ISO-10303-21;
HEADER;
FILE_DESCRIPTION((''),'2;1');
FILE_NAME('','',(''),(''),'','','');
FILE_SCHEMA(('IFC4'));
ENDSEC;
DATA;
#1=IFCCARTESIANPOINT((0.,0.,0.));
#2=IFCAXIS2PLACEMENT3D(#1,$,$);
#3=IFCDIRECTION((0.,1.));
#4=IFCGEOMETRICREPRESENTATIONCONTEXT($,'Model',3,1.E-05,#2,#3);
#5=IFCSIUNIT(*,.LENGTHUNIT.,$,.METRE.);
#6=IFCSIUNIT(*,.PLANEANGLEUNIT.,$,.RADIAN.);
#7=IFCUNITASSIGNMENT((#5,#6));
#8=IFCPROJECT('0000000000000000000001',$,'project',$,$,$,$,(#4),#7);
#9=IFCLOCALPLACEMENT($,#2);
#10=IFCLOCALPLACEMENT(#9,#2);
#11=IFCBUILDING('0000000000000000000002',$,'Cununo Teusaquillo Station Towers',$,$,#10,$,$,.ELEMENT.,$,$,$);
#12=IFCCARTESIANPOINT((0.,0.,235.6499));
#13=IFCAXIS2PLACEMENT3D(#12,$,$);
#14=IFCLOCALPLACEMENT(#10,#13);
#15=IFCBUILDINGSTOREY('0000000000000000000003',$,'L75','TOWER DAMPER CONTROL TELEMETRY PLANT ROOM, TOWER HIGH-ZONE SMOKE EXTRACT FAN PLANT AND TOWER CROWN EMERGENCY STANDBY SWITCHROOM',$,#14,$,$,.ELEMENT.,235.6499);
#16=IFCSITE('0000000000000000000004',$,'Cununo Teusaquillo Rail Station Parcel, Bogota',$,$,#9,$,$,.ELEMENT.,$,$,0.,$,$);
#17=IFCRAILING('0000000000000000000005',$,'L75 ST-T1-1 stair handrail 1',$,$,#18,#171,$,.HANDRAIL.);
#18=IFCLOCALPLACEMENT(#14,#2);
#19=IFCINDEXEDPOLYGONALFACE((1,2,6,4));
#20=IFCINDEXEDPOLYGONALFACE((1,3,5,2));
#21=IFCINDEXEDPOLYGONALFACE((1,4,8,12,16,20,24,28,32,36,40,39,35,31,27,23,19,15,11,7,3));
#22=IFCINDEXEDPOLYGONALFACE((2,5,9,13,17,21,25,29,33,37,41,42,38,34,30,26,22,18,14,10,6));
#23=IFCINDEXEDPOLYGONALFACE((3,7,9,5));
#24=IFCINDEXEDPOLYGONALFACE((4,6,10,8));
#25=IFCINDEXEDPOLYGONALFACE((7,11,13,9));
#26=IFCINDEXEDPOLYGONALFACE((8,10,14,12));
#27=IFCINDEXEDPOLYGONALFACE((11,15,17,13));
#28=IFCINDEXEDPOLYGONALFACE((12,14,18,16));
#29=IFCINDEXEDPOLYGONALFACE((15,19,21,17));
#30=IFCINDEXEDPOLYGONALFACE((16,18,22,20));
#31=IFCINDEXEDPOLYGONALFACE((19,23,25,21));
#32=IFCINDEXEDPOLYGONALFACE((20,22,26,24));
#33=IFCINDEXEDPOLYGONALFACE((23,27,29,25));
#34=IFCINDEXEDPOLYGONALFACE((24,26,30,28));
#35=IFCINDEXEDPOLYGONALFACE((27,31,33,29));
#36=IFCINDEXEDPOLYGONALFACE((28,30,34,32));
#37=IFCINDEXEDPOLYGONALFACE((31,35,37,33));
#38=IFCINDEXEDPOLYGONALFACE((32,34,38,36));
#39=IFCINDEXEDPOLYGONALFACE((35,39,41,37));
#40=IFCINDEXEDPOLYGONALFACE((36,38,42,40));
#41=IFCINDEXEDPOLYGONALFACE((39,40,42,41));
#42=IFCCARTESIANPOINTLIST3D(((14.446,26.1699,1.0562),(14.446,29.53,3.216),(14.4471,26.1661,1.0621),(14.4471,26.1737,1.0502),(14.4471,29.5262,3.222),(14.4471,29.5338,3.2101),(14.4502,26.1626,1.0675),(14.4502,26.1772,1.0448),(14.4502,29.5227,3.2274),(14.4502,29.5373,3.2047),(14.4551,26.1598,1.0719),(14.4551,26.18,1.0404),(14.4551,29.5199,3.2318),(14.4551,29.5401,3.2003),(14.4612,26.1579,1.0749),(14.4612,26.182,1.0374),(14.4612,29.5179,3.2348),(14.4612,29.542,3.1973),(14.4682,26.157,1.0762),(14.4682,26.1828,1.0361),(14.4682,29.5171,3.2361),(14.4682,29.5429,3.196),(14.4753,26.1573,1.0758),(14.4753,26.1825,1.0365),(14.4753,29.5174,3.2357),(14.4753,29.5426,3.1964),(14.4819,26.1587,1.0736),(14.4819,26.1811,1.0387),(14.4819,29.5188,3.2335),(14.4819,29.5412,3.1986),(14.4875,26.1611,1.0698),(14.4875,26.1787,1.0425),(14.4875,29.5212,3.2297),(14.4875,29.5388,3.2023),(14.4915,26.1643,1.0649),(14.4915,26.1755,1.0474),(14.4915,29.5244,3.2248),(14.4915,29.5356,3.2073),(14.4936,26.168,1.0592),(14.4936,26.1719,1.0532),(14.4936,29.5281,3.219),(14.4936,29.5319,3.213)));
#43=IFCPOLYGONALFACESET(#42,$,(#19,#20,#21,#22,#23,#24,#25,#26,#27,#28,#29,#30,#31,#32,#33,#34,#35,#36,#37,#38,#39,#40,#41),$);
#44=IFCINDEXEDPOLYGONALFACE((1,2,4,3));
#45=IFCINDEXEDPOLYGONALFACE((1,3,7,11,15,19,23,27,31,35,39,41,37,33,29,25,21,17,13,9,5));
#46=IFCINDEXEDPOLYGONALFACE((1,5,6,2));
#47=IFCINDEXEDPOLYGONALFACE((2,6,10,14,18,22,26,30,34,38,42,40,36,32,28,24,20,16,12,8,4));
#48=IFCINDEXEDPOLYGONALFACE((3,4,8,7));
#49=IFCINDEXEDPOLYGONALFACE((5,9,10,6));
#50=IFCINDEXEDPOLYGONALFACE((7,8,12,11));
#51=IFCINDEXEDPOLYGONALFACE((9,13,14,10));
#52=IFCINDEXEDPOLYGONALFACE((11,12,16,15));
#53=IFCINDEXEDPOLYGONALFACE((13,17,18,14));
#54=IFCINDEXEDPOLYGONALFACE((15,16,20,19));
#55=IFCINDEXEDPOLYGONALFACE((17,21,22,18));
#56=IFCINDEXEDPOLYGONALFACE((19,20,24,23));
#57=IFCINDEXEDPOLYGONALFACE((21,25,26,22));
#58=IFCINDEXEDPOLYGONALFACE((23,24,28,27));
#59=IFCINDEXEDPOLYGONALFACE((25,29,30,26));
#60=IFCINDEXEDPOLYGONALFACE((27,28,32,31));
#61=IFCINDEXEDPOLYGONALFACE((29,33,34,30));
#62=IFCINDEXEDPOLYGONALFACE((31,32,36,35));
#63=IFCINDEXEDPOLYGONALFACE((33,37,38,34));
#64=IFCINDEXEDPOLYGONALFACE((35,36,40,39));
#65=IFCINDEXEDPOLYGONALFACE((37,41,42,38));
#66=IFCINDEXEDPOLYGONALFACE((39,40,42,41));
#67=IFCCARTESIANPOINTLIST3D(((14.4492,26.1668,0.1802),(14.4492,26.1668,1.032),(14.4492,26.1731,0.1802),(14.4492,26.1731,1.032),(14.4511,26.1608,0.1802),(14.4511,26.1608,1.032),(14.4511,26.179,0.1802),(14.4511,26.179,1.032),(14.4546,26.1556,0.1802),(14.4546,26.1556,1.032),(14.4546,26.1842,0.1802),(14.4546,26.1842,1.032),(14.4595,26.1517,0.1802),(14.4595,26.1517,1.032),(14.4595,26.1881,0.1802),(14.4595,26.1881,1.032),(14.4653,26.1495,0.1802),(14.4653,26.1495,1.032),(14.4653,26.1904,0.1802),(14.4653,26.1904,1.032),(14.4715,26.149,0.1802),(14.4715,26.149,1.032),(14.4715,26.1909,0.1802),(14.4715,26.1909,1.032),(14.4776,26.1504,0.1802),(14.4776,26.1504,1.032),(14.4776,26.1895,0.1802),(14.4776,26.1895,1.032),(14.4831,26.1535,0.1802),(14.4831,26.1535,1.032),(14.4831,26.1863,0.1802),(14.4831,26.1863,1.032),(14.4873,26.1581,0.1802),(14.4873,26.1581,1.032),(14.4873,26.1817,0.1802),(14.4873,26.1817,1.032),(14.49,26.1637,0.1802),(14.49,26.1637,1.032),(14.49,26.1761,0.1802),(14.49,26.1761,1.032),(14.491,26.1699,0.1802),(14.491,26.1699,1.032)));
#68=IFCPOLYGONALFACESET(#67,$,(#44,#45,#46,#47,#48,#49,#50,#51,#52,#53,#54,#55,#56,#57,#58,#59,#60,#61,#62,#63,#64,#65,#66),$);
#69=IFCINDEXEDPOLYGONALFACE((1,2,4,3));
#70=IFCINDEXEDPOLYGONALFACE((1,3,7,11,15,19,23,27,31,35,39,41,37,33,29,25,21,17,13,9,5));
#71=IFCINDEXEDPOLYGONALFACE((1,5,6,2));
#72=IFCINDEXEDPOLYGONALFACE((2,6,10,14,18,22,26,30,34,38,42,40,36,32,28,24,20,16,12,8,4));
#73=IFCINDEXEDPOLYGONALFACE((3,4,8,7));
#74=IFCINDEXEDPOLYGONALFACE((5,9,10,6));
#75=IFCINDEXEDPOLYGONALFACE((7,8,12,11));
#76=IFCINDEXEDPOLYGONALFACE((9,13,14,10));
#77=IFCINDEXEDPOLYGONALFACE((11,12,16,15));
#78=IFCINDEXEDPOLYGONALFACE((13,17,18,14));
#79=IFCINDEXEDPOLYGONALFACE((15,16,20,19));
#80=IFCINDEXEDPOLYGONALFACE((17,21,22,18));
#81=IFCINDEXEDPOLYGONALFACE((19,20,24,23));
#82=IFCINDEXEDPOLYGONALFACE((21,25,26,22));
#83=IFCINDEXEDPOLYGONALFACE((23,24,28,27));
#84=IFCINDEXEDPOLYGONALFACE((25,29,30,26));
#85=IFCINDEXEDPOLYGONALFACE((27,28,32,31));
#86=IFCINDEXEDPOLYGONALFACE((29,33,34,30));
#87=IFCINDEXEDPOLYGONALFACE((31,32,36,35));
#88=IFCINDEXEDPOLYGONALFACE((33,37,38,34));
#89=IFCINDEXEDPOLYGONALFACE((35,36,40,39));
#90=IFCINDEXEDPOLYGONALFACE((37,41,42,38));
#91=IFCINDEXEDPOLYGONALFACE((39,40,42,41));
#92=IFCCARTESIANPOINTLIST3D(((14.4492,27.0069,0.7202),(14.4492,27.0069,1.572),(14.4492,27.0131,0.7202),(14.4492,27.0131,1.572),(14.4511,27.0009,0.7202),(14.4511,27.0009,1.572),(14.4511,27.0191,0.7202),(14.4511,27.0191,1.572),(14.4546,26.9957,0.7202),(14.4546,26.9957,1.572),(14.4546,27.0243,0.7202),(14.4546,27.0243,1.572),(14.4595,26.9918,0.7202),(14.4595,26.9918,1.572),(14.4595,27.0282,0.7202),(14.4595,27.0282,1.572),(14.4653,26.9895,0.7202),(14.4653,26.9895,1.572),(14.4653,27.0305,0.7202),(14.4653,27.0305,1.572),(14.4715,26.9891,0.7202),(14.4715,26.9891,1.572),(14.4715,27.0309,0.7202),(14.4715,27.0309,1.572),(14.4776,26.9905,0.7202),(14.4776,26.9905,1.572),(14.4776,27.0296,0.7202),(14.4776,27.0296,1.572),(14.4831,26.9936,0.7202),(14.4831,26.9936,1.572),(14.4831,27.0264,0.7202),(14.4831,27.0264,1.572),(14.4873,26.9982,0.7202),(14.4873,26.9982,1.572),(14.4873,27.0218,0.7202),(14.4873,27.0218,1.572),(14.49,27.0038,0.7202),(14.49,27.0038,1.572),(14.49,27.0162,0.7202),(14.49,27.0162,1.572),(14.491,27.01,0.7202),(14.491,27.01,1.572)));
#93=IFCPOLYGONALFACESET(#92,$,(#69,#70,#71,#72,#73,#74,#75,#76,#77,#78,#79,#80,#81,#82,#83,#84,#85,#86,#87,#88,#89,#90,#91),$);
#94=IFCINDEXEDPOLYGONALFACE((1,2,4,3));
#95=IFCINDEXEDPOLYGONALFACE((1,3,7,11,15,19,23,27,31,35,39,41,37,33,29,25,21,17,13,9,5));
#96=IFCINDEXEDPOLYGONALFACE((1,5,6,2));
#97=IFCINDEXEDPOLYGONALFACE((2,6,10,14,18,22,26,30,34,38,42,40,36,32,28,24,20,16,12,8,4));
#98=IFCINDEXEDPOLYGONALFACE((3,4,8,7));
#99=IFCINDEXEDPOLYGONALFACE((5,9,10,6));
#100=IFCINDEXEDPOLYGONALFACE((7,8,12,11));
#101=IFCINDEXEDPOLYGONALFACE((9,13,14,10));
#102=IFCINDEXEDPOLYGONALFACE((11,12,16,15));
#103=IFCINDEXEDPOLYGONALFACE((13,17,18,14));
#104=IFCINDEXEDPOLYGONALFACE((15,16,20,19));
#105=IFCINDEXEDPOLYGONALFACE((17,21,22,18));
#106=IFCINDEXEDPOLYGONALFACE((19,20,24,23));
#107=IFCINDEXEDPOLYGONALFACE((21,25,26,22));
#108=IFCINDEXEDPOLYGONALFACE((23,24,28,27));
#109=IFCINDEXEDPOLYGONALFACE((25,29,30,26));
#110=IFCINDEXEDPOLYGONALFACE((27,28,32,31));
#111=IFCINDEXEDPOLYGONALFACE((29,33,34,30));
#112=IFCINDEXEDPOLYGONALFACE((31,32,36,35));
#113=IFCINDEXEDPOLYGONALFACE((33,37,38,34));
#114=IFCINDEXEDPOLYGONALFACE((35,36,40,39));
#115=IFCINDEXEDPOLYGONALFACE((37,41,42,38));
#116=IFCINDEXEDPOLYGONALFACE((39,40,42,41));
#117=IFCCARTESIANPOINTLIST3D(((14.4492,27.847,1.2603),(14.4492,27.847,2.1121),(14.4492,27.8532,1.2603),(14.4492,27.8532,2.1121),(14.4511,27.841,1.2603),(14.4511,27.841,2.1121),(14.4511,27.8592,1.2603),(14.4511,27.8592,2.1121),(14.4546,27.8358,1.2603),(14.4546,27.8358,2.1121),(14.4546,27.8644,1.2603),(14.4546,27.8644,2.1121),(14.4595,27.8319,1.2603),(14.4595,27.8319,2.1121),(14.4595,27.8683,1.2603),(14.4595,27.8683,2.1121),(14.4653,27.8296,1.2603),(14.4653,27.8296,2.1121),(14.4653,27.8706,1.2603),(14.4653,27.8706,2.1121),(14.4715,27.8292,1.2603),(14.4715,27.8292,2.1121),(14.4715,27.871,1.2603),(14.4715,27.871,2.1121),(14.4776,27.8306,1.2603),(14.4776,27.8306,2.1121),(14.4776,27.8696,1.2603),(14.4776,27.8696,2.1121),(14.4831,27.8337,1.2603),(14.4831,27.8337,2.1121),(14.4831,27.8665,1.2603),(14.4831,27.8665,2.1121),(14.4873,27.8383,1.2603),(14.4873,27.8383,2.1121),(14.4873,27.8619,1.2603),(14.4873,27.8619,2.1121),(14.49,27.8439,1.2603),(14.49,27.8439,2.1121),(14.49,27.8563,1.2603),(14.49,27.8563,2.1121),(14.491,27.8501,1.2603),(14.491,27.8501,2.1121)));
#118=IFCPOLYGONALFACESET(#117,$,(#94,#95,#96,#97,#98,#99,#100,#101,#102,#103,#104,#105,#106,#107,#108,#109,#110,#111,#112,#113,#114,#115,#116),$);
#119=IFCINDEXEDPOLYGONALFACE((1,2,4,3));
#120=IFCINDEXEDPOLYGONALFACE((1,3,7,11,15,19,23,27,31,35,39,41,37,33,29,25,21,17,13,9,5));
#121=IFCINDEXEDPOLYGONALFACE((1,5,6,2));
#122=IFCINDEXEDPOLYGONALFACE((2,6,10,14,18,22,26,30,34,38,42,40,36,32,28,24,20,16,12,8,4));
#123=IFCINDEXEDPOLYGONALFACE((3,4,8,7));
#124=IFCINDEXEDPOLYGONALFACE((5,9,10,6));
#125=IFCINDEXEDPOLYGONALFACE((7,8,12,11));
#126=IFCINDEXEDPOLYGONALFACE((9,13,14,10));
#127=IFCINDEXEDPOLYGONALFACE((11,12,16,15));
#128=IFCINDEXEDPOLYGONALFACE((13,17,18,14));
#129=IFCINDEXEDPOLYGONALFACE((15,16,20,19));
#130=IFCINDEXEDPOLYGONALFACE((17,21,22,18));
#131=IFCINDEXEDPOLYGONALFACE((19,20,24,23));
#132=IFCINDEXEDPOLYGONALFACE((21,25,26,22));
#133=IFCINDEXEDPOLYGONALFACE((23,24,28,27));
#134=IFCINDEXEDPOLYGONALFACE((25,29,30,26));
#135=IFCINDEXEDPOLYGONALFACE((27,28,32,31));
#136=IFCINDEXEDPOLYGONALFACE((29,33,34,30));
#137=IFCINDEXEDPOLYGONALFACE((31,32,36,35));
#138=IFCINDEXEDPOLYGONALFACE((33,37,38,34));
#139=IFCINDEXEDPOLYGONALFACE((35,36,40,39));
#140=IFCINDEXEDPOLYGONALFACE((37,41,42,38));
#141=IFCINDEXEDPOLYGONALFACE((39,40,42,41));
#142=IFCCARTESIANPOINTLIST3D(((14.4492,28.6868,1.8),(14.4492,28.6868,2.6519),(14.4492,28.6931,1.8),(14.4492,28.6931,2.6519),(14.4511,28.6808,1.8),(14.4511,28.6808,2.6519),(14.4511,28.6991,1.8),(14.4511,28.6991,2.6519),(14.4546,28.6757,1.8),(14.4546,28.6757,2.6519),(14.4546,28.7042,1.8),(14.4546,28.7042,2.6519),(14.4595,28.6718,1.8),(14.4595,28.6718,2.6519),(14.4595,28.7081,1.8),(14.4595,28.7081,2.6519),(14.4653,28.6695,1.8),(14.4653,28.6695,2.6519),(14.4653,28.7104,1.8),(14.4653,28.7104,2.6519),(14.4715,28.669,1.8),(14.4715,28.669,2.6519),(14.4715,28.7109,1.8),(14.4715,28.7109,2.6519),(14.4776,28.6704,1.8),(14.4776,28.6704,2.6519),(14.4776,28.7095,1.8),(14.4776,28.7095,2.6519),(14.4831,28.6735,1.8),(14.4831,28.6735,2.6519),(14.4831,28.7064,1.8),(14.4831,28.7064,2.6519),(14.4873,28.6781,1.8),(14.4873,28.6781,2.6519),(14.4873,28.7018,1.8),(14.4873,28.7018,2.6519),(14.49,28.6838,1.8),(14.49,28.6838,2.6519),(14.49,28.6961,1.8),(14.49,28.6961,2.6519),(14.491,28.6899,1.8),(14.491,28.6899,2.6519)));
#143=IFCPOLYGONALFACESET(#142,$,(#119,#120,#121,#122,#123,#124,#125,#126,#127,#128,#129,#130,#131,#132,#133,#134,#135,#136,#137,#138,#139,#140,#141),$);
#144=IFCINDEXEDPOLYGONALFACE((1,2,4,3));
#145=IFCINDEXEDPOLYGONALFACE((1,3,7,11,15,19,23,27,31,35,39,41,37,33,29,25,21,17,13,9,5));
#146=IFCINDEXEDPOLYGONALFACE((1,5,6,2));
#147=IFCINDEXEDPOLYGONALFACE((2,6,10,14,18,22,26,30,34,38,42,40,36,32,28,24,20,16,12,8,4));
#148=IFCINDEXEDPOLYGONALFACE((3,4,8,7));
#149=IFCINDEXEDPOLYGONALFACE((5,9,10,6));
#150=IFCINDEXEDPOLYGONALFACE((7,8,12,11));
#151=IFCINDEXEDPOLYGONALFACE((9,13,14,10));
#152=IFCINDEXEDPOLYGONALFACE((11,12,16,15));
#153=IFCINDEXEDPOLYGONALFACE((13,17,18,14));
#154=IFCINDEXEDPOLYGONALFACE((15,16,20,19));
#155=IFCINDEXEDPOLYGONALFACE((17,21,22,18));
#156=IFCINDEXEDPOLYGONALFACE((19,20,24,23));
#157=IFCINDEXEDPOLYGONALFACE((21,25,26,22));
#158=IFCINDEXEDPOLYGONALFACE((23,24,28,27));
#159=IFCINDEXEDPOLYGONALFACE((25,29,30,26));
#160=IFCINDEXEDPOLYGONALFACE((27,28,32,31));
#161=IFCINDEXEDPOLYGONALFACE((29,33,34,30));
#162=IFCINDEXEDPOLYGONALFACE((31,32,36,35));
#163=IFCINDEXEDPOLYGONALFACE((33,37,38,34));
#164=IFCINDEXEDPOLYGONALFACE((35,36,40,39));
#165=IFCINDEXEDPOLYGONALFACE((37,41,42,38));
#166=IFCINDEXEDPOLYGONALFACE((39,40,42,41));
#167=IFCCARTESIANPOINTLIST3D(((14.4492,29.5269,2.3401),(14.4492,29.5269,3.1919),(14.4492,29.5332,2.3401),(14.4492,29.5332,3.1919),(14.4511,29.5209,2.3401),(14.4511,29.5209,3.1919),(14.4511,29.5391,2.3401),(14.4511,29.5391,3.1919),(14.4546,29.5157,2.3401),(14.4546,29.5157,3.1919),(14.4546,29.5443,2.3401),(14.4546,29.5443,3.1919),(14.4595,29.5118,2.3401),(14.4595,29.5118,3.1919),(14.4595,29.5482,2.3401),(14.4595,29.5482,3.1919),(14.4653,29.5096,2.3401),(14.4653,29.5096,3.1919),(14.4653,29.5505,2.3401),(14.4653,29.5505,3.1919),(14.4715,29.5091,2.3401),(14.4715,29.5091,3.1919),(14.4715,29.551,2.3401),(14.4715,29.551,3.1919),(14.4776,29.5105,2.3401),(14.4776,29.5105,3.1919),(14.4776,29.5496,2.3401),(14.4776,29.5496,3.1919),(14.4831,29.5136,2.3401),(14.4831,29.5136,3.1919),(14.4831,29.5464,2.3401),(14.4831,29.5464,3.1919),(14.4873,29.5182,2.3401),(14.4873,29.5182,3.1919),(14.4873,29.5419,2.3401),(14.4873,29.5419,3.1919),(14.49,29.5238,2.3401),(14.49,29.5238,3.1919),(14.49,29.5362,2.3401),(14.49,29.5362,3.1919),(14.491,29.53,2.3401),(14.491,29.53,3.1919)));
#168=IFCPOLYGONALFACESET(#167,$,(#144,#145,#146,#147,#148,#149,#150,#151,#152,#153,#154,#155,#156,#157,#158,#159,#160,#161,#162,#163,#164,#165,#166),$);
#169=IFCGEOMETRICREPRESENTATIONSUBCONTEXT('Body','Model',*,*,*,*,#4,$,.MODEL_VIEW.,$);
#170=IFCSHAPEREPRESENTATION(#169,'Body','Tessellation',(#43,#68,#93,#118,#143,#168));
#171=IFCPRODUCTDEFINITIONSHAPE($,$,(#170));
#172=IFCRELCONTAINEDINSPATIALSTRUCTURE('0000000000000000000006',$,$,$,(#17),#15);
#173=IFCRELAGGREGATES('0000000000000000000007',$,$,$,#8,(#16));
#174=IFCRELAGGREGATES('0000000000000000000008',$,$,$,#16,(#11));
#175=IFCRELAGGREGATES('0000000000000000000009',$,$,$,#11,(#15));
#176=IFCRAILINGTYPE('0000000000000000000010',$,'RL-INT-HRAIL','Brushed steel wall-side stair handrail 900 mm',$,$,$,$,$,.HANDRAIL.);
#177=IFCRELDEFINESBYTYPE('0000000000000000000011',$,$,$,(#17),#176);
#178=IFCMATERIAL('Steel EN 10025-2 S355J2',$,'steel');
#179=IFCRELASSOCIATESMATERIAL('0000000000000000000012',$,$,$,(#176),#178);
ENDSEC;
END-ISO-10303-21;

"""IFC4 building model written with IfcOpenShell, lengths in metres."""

from ifc_helpers import new_model, si_unit, direction, frame, origin, origin_2d, place, context, subcontext, project, spatial, circle, extrude, material, type_object, element, save


model = new_model("IFC4")

# Units and contexts
model_context = context("Model", 3, precision=1e-05, world=origin(), true_north=direction((0.0, 1.0)))
body_context = subcontext(model_context, "Body", "Model", "MODEL_VIEW")
ifc_project = project(units=[si_unit("LENGTHUNIT", "METRE"), si_unit("PLANEANGLEUNIT", "RADIAN")], contexts=[model_context])

# Site, building, storey
site_placement = place(None, origin())
site = spatial("IfcSite", under=ifc_project, at=site_placement, Name="Cununo Teusaquillo Rail Station Parcel, Bogota", CompositionType="ELEMENT", RefElevation=0.0)
building_placement = place(site_placement, origin())
building = spatial("IfcBuilding", under=site, at=building_placement, Name="Cununo Teusaquillo Station Towers", CompositionType="ELEMENT")
storey_placement = place(building_placement, frame((0.0, 0.0, 235.6499)))
storey = spatial("IfcBuildingStorey", under=building, at=storey_placement, Name="L75", Description="TOWER DAMPER CONTROL TELEMETRY PLANT ROOM, TOWER HIGH-ZONE SMOKE EXTRACT FAN PLANT AND TOWER CROWN EMERGENCY STANDBY SWITCHROOM", CompositionType="ELEMENT", Elevation=235.6499)

# Railing
ifc_material_1 = material(Name="Steel EN 10025-2 S355J2", Category="steel")
railing_type_1 = type_object("IfcRailingType", Name="RL-INT-HRAIL", Description="Brushed steel wall-side stair handrail 900 mm", PredefinedType="HANDRAIL", material=ifc_material_1)
railing_1_placement = place(storey_placement, frame((14.47, 26.1699, 0.1802)))
element("IfcRailing", 1, at=railing_1_placement, inside=storey, type_object=railing_type_1, Name="L75 ST-T1-1 stair handrail 1", PredefinedType="HANDRAIL", context=body_context, shape_type="SweptSolid", body=[
    extrude(circle(Radius=0.0239, at=origin_2d()), frame((0.0, 0.0, 0.876), z_axis=(0.0, 0.841196, 0.54073), x_axis=(-1.0, 0.0, 0.0)), (0.0, 0.0, 1.0), 3.9944),
    extrude(circle(Radius=0.021, at=origin_2d()), origin(), (0.0, 0.0, 1.0), 0.8518),
    extrude(circle(Radius=0.021, at=origin_2d()), frame((0.0, 0.8401, 0.54)), (0.0, 0.0, 1.0), 0.8518),
    extrude(circle(Radius=0.021, at=origin_2d()), frame((0.0, 1.6802, 1.0801)), (0.0, 0.0, 1.0), 0.8518),
    extrude(circle(Radius=0.021, at=origin_2d()), frame((0.0, 2.52, 1.6199)), (0.0, 0.0, 1.0), 0.8518),
    extrude(circle(Radius=0.021, at=origin_2d()), frame((0.0, 3.3601, 2.1599)), (0.0, 0.0, 1.0), 0.8518),
])

save(model, "model.ifc")
